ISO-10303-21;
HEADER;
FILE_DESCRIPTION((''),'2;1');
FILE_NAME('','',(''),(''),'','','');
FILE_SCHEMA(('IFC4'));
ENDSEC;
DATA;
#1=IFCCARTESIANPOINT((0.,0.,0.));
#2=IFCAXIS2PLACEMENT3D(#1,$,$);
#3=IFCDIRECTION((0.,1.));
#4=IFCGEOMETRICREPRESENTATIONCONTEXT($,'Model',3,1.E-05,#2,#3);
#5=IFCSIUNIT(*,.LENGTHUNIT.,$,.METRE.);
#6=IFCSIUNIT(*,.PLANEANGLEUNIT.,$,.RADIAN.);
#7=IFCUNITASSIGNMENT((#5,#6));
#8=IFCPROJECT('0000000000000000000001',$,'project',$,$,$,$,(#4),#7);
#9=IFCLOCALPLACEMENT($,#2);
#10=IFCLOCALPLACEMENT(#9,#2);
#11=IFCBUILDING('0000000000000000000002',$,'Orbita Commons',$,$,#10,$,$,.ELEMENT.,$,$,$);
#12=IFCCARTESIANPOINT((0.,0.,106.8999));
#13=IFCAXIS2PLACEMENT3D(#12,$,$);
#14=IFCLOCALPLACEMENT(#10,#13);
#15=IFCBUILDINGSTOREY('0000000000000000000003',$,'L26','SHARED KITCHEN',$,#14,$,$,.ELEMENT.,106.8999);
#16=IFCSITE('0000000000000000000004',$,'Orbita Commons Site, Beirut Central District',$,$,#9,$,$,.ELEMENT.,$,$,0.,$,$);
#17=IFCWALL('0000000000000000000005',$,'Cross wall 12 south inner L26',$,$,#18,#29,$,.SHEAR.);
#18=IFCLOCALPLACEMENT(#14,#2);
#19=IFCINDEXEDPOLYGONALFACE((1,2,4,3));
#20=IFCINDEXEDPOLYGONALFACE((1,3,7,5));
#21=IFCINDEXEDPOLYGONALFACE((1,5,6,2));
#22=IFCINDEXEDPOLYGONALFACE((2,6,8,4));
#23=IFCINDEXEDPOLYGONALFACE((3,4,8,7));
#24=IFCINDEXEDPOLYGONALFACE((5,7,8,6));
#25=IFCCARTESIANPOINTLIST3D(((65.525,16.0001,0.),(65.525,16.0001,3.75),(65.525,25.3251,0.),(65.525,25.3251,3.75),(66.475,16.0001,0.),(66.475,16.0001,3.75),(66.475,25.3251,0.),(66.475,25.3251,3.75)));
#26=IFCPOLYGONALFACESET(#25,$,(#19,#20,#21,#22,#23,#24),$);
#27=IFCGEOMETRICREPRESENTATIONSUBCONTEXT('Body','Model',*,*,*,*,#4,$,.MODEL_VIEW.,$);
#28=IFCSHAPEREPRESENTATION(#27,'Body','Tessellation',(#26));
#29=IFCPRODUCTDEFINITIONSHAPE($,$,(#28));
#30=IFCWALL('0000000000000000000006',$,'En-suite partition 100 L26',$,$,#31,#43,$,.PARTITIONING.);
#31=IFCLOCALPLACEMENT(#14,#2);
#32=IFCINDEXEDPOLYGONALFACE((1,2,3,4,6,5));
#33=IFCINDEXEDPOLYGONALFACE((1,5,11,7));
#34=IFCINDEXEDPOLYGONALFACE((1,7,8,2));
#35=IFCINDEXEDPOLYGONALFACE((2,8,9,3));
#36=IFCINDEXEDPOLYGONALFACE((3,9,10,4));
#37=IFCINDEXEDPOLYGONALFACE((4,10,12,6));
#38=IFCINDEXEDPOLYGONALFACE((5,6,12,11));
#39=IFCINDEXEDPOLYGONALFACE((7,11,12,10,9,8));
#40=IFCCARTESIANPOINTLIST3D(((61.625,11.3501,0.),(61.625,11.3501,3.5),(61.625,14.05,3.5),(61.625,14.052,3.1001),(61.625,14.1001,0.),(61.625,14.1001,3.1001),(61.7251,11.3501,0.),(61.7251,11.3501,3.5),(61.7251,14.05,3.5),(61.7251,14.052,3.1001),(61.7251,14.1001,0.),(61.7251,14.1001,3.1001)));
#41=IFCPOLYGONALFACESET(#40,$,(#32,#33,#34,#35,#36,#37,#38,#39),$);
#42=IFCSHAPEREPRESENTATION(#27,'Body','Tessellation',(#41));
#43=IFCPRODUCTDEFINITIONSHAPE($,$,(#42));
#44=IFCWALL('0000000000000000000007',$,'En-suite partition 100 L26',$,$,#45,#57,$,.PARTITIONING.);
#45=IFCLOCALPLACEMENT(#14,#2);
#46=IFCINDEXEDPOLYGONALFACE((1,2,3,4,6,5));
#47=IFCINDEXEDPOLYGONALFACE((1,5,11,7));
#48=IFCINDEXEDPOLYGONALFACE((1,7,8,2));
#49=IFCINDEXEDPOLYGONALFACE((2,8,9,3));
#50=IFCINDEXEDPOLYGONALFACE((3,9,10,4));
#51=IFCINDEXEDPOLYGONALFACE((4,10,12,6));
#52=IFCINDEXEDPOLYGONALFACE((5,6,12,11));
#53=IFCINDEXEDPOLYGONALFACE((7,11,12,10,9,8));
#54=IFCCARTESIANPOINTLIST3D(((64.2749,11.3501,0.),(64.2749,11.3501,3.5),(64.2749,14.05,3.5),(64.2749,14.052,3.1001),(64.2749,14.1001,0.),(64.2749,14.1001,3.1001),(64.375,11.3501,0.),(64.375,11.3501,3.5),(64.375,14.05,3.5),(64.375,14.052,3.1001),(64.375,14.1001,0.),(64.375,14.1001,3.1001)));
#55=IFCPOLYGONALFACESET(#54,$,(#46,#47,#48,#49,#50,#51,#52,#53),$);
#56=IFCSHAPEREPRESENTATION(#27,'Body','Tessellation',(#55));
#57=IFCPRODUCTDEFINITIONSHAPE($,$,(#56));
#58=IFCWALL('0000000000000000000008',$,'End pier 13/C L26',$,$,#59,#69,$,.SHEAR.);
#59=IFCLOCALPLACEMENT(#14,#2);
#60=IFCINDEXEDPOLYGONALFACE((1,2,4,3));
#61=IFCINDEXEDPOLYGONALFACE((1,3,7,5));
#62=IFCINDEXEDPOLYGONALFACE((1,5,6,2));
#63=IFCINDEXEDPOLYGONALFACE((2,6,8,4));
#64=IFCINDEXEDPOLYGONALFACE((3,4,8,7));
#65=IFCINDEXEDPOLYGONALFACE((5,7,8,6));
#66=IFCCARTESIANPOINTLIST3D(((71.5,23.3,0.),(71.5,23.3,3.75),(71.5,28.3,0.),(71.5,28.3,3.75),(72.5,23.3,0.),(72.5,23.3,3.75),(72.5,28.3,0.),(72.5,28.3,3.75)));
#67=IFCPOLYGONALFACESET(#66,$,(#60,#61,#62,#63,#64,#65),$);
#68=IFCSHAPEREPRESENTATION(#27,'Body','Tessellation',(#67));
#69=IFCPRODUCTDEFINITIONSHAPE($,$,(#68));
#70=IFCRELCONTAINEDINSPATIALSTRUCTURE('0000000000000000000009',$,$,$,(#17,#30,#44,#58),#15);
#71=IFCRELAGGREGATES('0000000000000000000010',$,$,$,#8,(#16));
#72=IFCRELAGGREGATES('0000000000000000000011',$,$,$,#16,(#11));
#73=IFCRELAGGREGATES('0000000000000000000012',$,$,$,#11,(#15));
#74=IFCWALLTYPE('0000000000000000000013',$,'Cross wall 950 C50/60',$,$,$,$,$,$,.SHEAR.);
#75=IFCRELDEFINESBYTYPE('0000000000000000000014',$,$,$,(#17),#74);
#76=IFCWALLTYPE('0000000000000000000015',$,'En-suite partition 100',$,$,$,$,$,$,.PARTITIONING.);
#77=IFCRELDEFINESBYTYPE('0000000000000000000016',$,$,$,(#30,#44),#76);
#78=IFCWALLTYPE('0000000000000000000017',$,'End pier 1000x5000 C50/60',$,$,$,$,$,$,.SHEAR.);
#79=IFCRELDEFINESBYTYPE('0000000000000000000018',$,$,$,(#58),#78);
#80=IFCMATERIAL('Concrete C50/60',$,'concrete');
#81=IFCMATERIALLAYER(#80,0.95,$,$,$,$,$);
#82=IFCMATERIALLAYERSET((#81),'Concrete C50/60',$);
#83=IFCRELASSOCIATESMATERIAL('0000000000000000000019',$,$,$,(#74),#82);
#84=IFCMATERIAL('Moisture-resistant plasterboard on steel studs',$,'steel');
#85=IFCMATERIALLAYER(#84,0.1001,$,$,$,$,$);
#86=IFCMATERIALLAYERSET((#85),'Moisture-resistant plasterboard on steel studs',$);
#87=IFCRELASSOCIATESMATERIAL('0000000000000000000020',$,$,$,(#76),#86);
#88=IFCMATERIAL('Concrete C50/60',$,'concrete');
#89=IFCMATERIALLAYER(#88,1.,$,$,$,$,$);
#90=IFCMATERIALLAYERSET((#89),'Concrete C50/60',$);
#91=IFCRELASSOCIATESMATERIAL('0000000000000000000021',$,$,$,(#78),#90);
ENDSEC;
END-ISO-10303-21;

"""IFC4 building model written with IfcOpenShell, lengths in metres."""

from ifc_helpers import new_model, si_unit, direction, frame, frame_2d, origin, place, context, subcontext, project, spatial, polyline, rectangle, outline, extrude, material, layer, layer_set, type_object, element, save


model = new_model("IFC4")

# Units and contexts
model_context = context("Model", 3, precision=1e-05, world=origin(), true_north=direction((0.0, 1.0)))
body_context = subcontext(model_context, "Body", "Model", "MODEL_VIEW")
ifc_project = project(units=[si_unit("LENGTHUNIT", "METRE"), si_unit("PLANEANGLEUNIT", "RADIAN")], contexts=[model_context])

# Site, building, storey
site_placement = place(None, origin())
site = spatial("IfcSite", under=ifc_project, at=site_placement, Name="Orbita Commons Site, Beirut Central District", CompositionType="ELEMENT", RefElevation=0.0)
building_placement = place(site_placement, origin())
building = spatial("IfcBuilding", under=site, at=building_placement, Name="Orbita Commons", CompositionType="ELEMENT")
storey_placement = place(building_placement, frame((0.0, 0.0, 106.8999)))
storey = spatial("IfcBuildingStorey", under=building, at=storey_placement, Name="L26", Description="SHARED KITCHEN", CompositionType="ELEMENT", Elevation=106.8999)

# Walls
ifc_material_1 = material(Name="Concrete C50/60", Category="concrete")
ifc_layer_1 = layer(ifc_material_1, 0.95)
ifc_layer_set_1 = layer_set([ifc_layer_1], Name="Concrete C50/60")
wall_type_1 = type_object("IfcWallType", Name="Cross wall 950 C50/60", PredefinedType="SHEAR", material=ifc_layer_set_1)
wall_1_placement = place(storey_placement, frame((66.0, 16.0, 0.0), z_axis=(0.0, 0.0, 1.0), x_axis=(0.0, 1.0, 0.0)))
element("IfcWall", 1, at=wall_1_placement, inside=storey, type_object=wall_type_1, Name="Cross wall 12 south inner L26", PredefinedType="SHEAR", context=body_context, shape_type="SweptSolid", body=[
    extrude(rectangle(XDim=9.325, YDim=0.95, at=frame_2d((4.6626, 0.0))), origin(), (0.0, 0.0, 1.0), 3.75),
])
ifc_material_2 = material(Name="Moisture-resistant plasterboard on steel studs", Category="steel")
ifc_layer_2 = layer(ifc_material_2, 0.1001)
ifc_layer_set_2 = layer_set([ifc_layer_2], Name="Moisture-resistant plasterboard on steel studs")
wall_type_2 = type_object("IfcWallType", Name="En-suite partition 100", PredefinedType="PARTITIONING", material=ifc_layer_set_2)
for number, where, z_axis, x_axis, name in (
    (2, (61.675, 11.3501, 0.0), (0.0, 0.0, 1.0), (0.0, 1.0, 0.0), "En-suite partition 100 L26"),
    (3, (64.325, 11.3501, 0.0), (0.0, 0.0, 1.0), (0.0, 1.0, 0.0), "En-suite partition 100 L26"),
):
    element("IfcWall", number, at=place(storey_placement, frame(where, z_axis=z_axis, x_axis=x_axis)), inside=storey, type_object=wall_type_2, Name=name, PredefinedType="PARTITIONING", context=body_context, shape_type="SweptSolid", body=[
        extrude(outline(polyline([(0.0, 0.0), (2.75, 0.0), (2.75, 3.1001), (2.7019, 3.1001), (2.7, 3.5), (0.0, 3.5), (0.0, 0.0)])), frame((0.0, 0.05, 0.0), z_axis=(0.0, -1.0, 0.0), x_axis=(1.0, 0.0, 0.0)), (0.0, 0.0, 1.0), 0.1001),
    ])
ifc_material_3 = material(Name="Concrete C50/60", Category="concrete")
ifc_layer_3 = layer(ifc_material_3, 1.0)
ifc_layer_set_3 = layer_set([ifc_layer_3], Name="Concrete C50/60")
wall_type_3 = type_object("IfcWallType", Name="End pier 1000x5000 C50/60", PredefinedType="SHEAR", material=ifc_layer_set_3)
wall_2_placement = place(storey_placement, frame((72.0, 23.3, 0.0), z_axis=(0.0, 0.0, 1.0), x_axis=(0.0, 1.0, 0.0)))
element("IfcWall", 4, at=wall_2_placement, inside=storey, type_object=wall_type_3, Name="End pier 13/C L26", PredefinedType="SHEAR", context=body_context, shape_type="SweptSolid", body=[
    extrude(rectangle(XDim=5.0, YDim=1.0, at=frame_2d((2.5, 0.0))), origin(), (0.0, 0.0, 1.0), 3.75),
])

save(model, "model.ifc")
